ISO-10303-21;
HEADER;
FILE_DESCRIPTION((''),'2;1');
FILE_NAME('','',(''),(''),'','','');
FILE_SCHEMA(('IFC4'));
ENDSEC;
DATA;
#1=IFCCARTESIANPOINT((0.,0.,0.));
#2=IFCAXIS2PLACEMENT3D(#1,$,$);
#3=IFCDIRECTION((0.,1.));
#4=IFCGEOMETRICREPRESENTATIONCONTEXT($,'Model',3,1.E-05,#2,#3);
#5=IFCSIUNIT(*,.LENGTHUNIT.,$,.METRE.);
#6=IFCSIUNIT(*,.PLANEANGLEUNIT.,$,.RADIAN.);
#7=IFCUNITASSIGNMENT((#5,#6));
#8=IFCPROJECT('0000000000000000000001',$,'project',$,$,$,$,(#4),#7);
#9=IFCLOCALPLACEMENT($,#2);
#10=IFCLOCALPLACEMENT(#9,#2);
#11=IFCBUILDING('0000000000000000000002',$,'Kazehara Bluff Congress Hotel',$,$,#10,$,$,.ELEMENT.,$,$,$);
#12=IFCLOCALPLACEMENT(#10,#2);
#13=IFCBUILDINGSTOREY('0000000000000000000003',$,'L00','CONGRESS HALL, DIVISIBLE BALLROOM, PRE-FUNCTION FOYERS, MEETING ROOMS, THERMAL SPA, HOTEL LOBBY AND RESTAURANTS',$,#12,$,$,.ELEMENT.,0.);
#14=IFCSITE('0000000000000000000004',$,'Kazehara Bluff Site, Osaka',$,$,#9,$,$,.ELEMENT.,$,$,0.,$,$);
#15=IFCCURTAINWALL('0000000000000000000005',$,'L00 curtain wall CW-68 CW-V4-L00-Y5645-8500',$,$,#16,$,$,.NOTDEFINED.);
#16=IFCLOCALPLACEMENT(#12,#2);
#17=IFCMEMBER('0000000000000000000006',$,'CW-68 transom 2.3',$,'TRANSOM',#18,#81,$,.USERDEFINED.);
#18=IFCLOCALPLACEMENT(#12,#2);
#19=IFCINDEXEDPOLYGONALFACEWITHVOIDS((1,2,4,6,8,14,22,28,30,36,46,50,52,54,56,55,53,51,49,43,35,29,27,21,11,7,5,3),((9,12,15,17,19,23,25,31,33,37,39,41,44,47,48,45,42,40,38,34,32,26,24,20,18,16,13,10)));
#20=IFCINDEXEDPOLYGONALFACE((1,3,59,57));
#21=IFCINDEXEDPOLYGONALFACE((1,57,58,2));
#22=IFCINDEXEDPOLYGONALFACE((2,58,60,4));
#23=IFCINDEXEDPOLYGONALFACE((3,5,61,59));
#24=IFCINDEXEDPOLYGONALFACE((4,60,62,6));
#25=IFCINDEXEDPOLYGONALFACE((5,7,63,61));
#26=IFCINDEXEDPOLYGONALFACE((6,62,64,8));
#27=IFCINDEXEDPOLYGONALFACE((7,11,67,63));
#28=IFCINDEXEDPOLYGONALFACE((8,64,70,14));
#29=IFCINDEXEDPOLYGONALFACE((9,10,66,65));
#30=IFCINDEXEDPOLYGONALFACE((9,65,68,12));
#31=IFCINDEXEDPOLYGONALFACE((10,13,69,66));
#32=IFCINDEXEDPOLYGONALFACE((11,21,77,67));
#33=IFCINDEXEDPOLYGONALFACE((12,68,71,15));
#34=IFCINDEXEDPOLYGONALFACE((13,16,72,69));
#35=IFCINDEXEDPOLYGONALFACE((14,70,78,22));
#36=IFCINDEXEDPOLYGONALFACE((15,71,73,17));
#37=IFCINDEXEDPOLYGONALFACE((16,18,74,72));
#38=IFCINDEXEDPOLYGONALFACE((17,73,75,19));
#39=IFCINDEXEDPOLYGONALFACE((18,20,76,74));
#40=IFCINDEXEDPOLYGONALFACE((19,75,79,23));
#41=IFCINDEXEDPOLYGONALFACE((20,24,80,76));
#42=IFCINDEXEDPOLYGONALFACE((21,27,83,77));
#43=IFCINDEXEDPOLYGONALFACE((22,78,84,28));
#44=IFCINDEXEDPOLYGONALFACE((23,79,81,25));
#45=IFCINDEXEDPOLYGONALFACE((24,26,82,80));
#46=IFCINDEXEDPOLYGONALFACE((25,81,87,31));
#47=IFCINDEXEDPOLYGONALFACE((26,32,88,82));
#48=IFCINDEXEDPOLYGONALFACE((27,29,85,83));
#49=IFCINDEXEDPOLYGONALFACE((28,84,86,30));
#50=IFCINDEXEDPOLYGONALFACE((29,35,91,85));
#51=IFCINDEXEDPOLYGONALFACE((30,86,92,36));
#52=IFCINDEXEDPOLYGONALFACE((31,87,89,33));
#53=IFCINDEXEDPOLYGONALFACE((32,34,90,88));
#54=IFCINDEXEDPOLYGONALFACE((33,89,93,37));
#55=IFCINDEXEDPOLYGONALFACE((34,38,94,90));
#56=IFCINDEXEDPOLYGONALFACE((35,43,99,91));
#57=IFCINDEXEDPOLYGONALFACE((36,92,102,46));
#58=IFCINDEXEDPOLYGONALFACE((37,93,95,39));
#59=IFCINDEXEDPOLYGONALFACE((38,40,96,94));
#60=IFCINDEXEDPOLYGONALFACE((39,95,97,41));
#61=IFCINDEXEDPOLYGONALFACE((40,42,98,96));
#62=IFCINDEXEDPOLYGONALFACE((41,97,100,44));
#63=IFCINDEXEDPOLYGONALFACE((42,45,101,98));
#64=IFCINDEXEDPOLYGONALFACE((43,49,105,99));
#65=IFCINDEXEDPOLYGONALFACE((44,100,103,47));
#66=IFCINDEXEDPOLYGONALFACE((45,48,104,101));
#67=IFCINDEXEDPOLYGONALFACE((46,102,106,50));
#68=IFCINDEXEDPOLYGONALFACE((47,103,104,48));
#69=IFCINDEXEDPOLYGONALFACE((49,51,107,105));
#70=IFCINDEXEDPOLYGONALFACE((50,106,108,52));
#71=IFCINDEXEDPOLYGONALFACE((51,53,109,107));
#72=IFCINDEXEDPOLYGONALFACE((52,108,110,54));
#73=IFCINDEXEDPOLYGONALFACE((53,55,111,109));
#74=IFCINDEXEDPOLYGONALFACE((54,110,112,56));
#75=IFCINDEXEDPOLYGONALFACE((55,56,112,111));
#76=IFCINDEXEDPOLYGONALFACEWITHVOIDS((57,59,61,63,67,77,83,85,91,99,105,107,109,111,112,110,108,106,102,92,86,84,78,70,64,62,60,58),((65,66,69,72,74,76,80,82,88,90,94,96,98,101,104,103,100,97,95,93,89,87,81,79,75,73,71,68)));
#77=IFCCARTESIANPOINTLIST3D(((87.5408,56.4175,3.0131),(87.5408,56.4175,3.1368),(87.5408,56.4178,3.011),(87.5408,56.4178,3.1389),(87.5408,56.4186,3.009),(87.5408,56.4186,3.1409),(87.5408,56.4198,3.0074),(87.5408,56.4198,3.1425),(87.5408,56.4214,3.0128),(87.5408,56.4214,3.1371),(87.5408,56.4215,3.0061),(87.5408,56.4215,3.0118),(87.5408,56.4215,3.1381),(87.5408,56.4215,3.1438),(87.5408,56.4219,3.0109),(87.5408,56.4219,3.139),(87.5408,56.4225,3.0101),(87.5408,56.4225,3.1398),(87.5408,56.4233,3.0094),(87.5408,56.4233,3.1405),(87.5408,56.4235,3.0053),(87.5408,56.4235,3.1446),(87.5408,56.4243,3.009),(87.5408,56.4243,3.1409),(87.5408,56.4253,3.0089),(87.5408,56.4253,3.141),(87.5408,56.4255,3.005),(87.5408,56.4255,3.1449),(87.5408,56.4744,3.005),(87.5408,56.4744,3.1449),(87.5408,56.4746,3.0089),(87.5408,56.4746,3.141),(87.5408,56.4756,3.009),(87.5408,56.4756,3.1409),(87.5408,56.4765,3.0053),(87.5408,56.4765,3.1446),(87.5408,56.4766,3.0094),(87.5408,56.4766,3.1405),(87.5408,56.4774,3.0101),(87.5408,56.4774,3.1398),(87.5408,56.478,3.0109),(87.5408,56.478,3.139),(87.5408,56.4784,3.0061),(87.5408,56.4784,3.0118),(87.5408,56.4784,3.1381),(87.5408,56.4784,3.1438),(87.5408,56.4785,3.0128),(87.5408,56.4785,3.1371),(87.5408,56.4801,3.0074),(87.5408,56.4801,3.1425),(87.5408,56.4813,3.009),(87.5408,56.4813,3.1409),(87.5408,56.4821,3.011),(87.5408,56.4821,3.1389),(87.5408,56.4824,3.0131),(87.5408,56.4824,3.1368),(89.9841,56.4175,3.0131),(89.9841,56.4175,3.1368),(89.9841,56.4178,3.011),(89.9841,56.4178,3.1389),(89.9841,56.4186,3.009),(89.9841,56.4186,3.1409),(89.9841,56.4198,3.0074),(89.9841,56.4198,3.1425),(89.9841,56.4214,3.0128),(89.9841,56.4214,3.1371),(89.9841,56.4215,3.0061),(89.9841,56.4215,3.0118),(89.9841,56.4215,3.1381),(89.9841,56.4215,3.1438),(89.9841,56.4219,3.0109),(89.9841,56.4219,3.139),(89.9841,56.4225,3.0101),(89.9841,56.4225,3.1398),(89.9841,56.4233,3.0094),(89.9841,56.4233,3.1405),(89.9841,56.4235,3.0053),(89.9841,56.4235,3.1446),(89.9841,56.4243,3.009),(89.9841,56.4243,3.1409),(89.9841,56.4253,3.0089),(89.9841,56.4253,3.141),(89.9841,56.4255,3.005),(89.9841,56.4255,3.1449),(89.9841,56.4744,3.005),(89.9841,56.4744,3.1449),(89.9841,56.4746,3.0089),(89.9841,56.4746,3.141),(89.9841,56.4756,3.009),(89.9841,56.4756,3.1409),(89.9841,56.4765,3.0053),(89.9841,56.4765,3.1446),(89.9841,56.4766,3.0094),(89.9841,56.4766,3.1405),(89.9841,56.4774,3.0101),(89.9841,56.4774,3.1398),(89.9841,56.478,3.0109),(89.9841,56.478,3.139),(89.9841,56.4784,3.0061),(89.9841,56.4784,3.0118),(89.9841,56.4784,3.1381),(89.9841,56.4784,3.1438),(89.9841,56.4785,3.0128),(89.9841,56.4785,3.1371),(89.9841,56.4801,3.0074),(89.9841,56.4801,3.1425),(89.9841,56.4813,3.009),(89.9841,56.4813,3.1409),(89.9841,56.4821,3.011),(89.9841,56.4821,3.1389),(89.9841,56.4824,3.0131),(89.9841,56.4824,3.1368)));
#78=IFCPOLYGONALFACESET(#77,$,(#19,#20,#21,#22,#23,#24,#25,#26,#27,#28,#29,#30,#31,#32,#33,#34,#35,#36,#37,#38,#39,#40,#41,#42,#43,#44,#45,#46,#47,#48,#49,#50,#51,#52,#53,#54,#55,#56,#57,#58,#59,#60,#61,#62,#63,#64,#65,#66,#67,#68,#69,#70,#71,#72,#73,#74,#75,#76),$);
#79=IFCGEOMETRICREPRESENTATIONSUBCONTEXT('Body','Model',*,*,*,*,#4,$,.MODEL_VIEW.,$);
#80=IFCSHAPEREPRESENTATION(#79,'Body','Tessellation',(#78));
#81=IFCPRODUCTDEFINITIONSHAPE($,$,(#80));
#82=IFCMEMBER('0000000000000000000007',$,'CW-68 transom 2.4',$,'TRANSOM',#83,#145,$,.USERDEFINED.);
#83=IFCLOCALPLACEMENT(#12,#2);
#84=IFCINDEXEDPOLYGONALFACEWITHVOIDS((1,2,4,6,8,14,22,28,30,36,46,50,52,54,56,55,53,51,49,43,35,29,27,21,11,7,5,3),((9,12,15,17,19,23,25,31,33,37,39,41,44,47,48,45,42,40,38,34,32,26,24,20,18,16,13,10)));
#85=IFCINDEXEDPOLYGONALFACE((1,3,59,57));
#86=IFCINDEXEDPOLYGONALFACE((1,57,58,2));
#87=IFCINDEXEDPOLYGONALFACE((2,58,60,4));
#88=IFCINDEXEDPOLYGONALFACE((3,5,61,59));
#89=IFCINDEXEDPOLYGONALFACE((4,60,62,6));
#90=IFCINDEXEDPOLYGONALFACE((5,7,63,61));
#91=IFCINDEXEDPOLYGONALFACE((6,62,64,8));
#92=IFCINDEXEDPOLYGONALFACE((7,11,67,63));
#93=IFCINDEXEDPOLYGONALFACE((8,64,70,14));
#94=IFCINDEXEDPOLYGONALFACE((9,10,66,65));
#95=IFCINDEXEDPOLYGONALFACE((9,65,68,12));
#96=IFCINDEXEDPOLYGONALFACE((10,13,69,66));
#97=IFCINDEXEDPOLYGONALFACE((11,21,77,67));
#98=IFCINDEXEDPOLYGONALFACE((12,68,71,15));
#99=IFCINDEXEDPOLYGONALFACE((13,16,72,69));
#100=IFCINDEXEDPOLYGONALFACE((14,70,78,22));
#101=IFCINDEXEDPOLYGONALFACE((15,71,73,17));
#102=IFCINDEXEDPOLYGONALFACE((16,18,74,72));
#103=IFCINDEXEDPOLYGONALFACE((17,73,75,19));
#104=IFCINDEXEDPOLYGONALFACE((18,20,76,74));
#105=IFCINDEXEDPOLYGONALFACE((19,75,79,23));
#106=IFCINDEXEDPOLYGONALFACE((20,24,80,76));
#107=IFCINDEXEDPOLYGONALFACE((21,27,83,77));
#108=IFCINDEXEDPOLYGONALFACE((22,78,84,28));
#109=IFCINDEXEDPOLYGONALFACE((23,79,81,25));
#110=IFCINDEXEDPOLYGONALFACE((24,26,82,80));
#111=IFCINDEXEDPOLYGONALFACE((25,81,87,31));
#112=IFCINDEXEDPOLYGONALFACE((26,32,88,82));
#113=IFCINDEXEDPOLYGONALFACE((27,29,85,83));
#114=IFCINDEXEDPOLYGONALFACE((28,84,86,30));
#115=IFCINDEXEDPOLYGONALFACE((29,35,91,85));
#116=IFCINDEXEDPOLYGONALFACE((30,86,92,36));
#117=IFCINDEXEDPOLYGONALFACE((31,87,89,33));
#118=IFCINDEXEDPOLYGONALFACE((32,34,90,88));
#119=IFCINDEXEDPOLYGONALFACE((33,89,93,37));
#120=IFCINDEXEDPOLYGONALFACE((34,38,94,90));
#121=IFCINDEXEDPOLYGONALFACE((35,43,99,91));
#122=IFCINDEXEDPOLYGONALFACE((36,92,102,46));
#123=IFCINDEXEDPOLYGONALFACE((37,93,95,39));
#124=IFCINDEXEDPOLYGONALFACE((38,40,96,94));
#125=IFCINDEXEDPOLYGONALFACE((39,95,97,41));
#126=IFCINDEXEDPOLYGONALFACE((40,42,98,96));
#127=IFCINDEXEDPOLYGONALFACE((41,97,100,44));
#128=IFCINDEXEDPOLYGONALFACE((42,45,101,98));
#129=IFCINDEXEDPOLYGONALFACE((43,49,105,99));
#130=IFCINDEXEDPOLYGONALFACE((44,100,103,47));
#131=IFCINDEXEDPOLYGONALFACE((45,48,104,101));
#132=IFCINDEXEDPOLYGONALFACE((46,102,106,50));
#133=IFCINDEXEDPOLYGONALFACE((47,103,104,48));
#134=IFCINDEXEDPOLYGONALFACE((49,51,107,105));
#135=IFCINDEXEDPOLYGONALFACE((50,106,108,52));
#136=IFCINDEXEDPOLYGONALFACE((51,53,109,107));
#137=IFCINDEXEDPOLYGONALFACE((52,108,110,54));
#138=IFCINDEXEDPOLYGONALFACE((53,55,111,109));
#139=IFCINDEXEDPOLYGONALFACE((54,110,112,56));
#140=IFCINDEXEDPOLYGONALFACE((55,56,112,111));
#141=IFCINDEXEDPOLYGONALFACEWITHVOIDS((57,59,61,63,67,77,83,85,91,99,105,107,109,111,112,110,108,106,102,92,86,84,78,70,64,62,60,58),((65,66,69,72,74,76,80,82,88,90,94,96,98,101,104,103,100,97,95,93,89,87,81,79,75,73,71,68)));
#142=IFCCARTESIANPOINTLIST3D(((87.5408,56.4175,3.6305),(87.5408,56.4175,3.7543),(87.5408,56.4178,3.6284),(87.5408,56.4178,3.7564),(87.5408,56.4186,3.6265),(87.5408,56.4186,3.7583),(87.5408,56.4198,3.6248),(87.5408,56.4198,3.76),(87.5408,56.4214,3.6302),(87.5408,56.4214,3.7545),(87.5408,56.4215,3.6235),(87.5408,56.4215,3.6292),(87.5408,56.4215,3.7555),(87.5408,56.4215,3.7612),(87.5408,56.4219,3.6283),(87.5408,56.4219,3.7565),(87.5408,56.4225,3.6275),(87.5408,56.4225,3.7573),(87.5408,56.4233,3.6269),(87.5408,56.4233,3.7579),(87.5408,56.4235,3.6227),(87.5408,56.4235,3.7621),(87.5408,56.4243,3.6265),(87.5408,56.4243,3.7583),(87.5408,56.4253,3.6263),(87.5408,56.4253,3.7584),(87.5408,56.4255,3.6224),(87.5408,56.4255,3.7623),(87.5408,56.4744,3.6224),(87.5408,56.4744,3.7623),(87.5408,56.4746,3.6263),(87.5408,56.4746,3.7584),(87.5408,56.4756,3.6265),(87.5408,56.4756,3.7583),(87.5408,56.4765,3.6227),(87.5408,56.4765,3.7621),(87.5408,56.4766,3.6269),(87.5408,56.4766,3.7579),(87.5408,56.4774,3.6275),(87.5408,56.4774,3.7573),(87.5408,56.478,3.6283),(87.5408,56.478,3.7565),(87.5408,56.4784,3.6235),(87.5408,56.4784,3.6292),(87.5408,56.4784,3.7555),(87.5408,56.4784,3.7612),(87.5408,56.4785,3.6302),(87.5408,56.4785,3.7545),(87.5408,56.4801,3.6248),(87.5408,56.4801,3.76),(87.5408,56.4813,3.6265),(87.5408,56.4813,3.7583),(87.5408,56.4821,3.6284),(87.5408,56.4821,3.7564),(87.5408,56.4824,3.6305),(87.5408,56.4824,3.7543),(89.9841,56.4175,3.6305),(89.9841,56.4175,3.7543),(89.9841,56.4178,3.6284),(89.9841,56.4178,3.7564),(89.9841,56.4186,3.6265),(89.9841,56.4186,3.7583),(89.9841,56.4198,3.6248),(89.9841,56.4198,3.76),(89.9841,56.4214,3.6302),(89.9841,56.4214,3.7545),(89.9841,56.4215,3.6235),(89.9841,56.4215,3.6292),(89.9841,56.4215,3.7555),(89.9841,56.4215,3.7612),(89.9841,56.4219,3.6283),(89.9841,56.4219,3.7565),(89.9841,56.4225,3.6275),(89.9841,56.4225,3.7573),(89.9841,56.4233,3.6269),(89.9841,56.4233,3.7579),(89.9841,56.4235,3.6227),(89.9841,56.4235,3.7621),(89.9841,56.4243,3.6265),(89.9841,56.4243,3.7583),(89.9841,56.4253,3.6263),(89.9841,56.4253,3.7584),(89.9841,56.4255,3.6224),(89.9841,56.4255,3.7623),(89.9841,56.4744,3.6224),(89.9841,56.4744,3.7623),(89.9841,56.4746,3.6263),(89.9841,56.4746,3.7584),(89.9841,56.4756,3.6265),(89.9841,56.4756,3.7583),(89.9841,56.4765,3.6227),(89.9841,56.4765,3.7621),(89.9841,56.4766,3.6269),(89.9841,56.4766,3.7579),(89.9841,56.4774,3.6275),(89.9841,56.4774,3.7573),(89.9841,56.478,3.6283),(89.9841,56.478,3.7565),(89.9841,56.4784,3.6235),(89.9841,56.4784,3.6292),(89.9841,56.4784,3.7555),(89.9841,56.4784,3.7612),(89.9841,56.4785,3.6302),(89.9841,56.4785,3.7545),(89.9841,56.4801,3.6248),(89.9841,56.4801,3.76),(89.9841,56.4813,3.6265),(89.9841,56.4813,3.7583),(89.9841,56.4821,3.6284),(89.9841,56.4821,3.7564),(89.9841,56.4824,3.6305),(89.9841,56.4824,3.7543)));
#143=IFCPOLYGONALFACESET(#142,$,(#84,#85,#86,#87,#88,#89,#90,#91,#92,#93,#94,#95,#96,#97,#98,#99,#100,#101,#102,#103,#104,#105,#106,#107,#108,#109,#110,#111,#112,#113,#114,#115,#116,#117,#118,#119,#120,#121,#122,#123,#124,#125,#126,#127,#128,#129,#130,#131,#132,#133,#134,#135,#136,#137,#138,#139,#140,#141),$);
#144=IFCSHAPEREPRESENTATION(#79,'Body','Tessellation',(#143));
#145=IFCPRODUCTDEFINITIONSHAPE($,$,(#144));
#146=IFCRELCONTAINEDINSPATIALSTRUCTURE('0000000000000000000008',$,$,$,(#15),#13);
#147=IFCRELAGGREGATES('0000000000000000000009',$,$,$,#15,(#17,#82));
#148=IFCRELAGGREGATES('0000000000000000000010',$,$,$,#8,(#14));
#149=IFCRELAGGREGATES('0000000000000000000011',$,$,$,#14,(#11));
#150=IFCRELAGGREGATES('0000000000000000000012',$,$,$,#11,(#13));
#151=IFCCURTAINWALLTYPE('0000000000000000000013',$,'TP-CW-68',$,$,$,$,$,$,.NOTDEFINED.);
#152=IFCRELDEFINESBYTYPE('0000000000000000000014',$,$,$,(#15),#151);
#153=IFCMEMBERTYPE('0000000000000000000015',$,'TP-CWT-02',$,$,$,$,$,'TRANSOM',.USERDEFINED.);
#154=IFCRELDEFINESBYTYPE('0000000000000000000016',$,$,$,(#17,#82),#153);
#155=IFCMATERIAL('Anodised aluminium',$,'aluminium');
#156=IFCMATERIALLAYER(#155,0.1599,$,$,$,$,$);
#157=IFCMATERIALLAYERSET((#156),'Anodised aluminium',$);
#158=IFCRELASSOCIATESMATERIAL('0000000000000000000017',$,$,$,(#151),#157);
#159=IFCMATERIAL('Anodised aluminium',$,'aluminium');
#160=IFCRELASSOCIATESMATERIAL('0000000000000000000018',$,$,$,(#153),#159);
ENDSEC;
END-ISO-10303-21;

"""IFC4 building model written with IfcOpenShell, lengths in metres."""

from ifc_helpers import new_model, si_unit, direction, frame, origin, origin_2d, place, context, subcontext, project, spatial, hollow_rectangle, extrude, material, layer, layer_set, material_profile, profile_set, type_object, element, aggregate, save


model = new_model("IFC4")

# Units and contexts
model_context = context("Model", 3, precision=1e-05, world=origin(), true_north=direction((0.0, 1.0)))
body_context = subcontext(model_context, "Body", "Model", "MODEL_VIEW")
ifc_project = project(units=[si_unit("LENGTHUNIT", "METRE"), si_unit("PLANEANGLEUNIT", "RADIAN")], contexts=[model_context])

# Site, building, storey
site_placement = place(None, origin())
site = spatial("IfcSite", under=ifc_project, at=site_placement, Name="Kazehara Bluff Site, Osaka", CompositionType="ELEMENT", RefElevation=0.0)
building_placement = place(site_placement, origin())
building = spatial("IfcBuilding", under=site, at=building_placement, Name="Kazehara Bluff Congress Hotel", CompositionType="ELEMENT")
storey_placement = place(building_placement, origin())
storey = spatial("IfcBuildingStorey", under=building, at=storey_placement, Name="L00", Description="CONGRESS HALL, DIVISIBLE BALLROOM, PRE-FUNCTION FOYERS, MEETING ROOMS, THERMAL SPA, HOTEL LOBBY AND RESTAURANTS", CompositionType="ELEMENT", Elevation=0.0)

# Curtain wall
ifc_material_1 = material(Name="Anodised aluminium", Category="aluminium")
ifc_layer_1 = layer(ifc_material_1, 0.1599)
ifc_layer_set_1 = layer_set([ifc_layer_1], Name="Anodised aluminium")
curtain_wall_type_1 = type_object("IfcCurtainWallType", Name="TP-CW-68", PredefinedType="NOTDEFINED", material=ifc_layer_set_1)
curtain_wall_1_placement = place(storey_placement, origin())
curtain_wall_1 = element("IfcCurtainWall", 1, at=curtain_wall_1_placement, inside=storey, type_object=curtain_wall_type_1, Name="L00 curtain wall CW-68 CW-V4-L00-Y5645-8500", PredefinedType="NOTDEFINED")

# Members
ifc_material_2 = material(Name="Anodised aluminium", Category="aluminium")
ifc_material_profile_1 = material_profile(ifc_material_2, hollow_rectangle(XDim=0.0649, YDim=0.1399, WallThickness=0.0039, InnerFilletRadius=0.0039, OuterFilletRadius=0.0081, at=origin_2d()))
ifc_profile_set_1 = profile_set([ifc_material_profile_1], Name="Anodised aluminium")
member_type_1 = type_object("IfcMemberType", Name="TP-CWT-02", ElementType="TRANSOM", PredefinedType="USERDEFINED", material=ifc_profile_set_1)
member_1_placement = place(storey_placement, frame((87.5408, 56.45, 3.075), z_axis=(1.0, 0.0, 0.0), x_axis=(0.0, 1.0, 0.0)))
member_1 = element("IfcMember", 2, at=member_1_placement, type_object=member_type_1, Name="CW-68 transom 2.3", ObjectType="TRANSOM", PredefinedType="USERDEFINED", context=body_context, shape_type="SweptSolid", body=[
    extrude(hollow_rectangle(XDim=0.0649, YDim=0.1399, WallThickness=0.0039, InnerFilletRadius=0.0039, OuterFilletRadius=0.0081, at=origin_2d()), origin(), (0.0, 0.0, 1.0), 2.4434),
])
member_2_placement = place(storey_placement, frame((87.5408, 56.45, 3.6924), z_axis=(1.0, 0.0, 0.0), x_axis=(0.0, 1.0, 0.0)))
member_2 = element("IfcMember", 3, at=member_2_placement, type_object=member_type_1, Name="CW-68 transom 2.4", ObjectType="TRANSOM", PredefinedType="USERDEFINED", context=body_context, shape_type="SweptSolid", body=[
    extrude(hollow_rectangle(XDim=0.0649, YDim=0.1399, WallThickness=0.0039, InnerFilletRadius=0.0039, OuterFilletRadius=0.0081, at=origin_2d()), origin(), (0.0, 0.0, 1.0), 2.4434),
])

aggregate(curtain_wall_1, [member_1, member_2])

save(model, "model.ifc")
